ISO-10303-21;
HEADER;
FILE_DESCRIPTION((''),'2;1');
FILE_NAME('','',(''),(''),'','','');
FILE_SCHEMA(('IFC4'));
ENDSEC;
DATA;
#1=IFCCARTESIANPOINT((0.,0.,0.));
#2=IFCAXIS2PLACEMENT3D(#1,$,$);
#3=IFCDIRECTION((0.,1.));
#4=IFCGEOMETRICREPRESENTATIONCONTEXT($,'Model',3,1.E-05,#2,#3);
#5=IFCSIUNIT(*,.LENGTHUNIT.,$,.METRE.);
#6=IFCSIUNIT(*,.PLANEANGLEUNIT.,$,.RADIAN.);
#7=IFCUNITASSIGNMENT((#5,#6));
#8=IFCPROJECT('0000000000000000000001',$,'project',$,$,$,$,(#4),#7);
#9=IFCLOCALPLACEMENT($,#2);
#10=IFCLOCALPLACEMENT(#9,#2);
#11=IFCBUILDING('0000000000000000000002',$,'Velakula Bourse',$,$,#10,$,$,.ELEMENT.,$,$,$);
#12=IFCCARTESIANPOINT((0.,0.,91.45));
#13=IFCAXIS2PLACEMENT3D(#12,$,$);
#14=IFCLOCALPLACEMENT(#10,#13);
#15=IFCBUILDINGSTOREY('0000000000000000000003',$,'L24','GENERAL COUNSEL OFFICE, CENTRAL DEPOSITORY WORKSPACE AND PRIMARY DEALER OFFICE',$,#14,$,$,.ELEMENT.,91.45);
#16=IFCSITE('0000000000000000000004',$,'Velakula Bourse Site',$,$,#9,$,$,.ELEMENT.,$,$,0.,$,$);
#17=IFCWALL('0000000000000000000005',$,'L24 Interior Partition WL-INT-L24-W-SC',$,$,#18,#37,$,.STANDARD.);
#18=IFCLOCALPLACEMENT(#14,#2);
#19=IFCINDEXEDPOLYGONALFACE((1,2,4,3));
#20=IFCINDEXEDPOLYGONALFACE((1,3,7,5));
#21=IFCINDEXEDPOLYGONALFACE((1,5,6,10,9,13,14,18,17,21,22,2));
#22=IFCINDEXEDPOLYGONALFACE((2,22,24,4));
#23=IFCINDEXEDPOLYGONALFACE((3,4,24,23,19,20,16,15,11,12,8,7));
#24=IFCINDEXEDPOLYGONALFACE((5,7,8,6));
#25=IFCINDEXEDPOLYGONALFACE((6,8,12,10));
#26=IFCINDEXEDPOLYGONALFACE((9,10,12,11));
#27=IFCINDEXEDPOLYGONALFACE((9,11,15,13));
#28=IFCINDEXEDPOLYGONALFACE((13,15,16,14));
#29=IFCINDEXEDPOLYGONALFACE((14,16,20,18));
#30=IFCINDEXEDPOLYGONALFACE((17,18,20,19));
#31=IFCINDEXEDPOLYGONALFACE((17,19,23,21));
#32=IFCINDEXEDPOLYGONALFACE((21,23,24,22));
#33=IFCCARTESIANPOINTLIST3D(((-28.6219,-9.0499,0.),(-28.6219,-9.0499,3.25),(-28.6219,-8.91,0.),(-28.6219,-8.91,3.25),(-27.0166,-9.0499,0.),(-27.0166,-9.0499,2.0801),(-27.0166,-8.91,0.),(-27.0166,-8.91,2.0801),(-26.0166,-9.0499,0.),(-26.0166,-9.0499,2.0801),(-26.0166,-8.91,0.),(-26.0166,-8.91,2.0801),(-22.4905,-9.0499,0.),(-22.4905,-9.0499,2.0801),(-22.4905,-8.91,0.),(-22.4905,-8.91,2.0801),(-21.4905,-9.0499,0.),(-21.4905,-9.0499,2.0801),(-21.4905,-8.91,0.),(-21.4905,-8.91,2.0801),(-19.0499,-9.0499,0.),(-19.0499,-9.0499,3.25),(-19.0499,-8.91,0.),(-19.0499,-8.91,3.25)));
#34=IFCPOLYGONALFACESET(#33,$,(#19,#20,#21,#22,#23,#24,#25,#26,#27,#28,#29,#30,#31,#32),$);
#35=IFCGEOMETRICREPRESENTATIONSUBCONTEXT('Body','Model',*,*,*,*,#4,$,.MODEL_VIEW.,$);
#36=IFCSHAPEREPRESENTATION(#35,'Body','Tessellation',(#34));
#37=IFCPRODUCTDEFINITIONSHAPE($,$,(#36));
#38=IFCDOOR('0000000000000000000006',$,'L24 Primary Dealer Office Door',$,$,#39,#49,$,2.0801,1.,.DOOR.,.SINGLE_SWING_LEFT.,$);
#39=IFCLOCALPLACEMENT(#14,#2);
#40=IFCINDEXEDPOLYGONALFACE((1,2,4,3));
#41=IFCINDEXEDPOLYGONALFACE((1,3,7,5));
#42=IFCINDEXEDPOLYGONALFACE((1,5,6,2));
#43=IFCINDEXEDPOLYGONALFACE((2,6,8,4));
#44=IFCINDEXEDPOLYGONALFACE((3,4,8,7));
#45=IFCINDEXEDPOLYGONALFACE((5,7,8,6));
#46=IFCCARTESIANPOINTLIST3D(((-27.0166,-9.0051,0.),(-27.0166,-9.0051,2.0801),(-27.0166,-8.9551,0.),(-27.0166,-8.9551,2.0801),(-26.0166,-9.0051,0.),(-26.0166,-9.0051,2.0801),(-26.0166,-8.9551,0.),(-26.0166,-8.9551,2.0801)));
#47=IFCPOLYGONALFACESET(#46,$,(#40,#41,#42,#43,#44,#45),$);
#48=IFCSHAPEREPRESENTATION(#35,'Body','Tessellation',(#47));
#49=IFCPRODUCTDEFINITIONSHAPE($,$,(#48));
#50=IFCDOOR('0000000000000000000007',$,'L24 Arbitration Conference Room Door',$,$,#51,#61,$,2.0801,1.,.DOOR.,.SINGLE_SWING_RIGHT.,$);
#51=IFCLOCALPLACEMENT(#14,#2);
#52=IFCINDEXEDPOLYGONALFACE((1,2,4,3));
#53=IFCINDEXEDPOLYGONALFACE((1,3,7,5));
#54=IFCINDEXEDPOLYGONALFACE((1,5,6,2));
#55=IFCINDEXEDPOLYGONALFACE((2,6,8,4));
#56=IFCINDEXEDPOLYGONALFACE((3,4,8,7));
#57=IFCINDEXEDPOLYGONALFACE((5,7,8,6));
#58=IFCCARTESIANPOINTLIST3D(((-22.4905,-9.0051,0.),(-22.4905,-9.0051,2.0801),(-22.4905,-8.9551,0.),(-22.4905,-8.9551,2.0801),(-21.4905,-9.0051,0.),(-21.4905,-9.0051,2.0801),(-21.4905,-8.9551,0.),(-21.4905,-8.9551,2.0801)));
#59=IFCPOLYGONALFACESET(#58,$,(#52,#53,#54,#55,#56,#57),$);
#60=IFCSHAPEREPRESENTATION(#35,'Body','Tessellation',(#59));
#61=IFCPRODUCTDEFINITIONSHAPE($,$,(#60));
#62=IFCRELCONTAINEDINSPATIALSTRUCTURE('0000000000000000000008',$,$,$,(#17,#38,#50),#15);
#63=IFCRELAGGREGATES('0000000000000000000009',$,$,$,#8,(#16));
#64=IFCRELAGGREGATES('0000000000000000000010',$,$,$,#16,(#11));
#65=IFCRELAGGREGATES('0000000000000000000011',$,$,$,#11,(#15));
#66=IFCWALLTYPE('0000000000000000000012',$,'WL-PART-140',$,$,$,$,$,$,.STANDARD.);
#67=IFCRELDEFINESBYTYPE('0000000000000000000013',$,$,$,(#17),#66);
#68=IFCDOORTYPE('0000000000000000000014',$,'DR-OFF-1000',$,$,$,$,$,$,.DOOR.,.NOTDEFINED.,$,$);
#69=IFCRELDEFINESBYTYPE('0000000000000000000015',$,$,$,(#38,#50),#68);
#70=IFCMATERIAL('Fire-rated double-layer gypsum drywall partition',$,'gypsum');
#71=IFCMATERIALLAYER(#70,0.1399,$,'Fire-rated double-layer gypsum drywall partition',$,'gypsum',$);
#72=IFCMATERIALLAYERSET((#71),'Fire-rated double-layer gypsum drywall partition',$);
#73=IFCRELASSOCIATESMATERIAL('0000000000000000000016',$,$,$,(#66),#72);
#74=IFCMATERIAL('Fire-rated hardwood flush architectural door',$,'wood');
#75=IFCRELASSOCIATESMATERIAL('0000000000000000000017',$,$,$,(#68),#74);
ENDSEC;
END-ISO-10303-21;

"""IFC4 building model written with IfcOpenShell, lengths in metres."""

from ifc_helpers import new_model, si_unit, direction, frame, frame_2d, origin, place, context, subcontext, project, spatial, rectangle, extrude, material, layer, layer_set, type_object, element, fill, save


model = new_model("IFC4")

# Units and contexts
model_context = context("Model", 3, precision=1e-05, world=origin(), true_north=direction((0.0, 1.0)))
body_context = subcontext(model_context, "Body", "Model", "MODEL_VIEW")
ifc_project = project(units=[si_unit("LENGTHUNIT", "METRE"), si_unit("PLANEANGLEUNIT", "RADIAN")], contexts=[model_context])

# Site, building, storey
site_placement = place(None, origin())
site = spatial("IfcSite", under=ifc_project, at=site_placement, Name="Velakula Bourse Site", CompositionType="ELEMENT", RefElevation=0.0)
building_placement = place(site_placement, origin())
building = spatial("IfcBuilding", under=site, at=building_placement, Name="Velakula Bourse", CompositionType="ELEMENT")
storey_placement = place(building_placement, frame((0.0, 0.0, 91.45)))
storey = spatial("IfcBuildingStorey", under=building, at=storey_placement, Name="L24", Description="GENERAL COUNSEL OFFICE, CENTRAL DEPOSITORY WORKSPACE AND PRIMARY DEALER OFFICE", CompositionType="ELEMENT", Elevation=91.45)

# Shared definitions
ifc_material_1 = material(Name="Fire-rated double-layer gypsum drywall partition", Category="gypsum")

# Wall, openings, doors
ifc_layer_1 = layer(ifc_material_1, 0.1399, Name="Fire-rated double-layer gypsum drywall partition", Category="gypsum")
ifc_layer_set_1 = layer_set([ifc_layer_1], Name="Fire-rated double-layer gypsum drywall partition")
wall_type_1 = type_object("IfcWallType", Name="WL-PART-140", PredefinedType="STANDARD", material=ifc_layer_set_1)
ifc_material_2 = material(Name="Fire-rated hardwood flush architectural door", Category="wood")
door_type_1 = type_object("IfcDoorType", Name="DR-OFF-1000", OperationType="NOTDEFINED", PredefinedType="DOOR", material=ifc_material_2)
wall_1_placement = place(storey_placement, frame((-28.6221, -8.98, 0.0), z_axis=(0.0, 0.0, 1.0), x_axis=(1.0, 0.0, 0.0)))
wall_1 = element("IfcWall", 1, at=wall_1_placement, inside=storey, type_object=wall_type_1, Name="L24 Interior Partition WL-INT-L24-W-SC", PredefinedType="STANDARD", context=body_context, shape_type="SweptSolid", body=[
    extrude(rectangle(XDim=9.572, YDim=0.1399, at=frame_2d((4.7861, 0.0))), origin(), (0.0, 0.0, 1.0), 3.25),
])
opening_1_placement = place(wall_1_placement, frame((1.6055, 0.0, 0.0)))
opening_1 = element("IfcOpeningElement", 2, at=opening_1_placement, cuts=wall_1, PredefinedType="OPENING", context=body_context, shape_type="SweptSolid", body=[
    extrude(rectangle(XDim=1.0, YDim=2.0801, at=frame_2d((0.5, 1.04))), frame((0.0, 0.0798, 0.0), z_axis=(0.0, -1.0, 0.0), x_axis=(1.0, 0.0, 0.0)), (0.0, 0.0, 1.0), 0.1599),
])
opening_2_placement = place(wall_1_placement, frame((6.1316, 0.0, 0.0)))
opening_2 = element("IfcOpeningElement", 3, at=opening_2_placement, cuts=wall_1, PredefinedType="OPENING", context=body_context, shape_type="SweptSolid", body=[
    extrude(rectangle(XDim=1.0, YDim=2.0801, at=frame_2d((0.5, 1.04))), frame((0.0, 0.0798, 0.0), z_axis=(0.0, -1.0, 0.0), x_axis=(1.0, 0.0, 0.0)), (0.0, 0.0, 1.0), 0.1599),
])
door_1_placement = place(opening_1_placement, origin())
door_1 = element("IfcDoor", 4, at=door_1_placement, inside=storey, type_object=door_type_1, Name="L24 Primary Dealer Office Door", OperationType="SINGLE_SWING_LEFT", OverallHeight=2.0801, OverallWidth=1.0, PredefinedType="DOOR", context=body_context, shape_type="SweptSolid", body=[
    extrude(rectangle(XDim=1.0, YDim=2.0801, at=frame_2d((0.5, 1.04))), frame((0.0, 0.0249, 0.0), z_axis=(0.0, -1.0, 0.0), x_axis=(1.0, 0.0, 0.0)), (0.0, 0.0, 1.0), 0.05),
])
fill(opening_1, door_1)
door_2_placement = place(opening_2_placement, origin())
door_2 = element("IfcDoor", 5, at=door_2_placement, inside=storey, type_object=door_type_1, Name="L24 Arbitration Conference Room Door", OperationType="SINGLE_SWING_RIGHT", OverallHeight=2.0801, OverallWidth=1.0, PredefinedType="DOOR", context=body_context, shape_type="SweptSolid", body=[
    extrude(rectangle(XDim=1.0, YDim=2.0801, at=frame_2d((0.5, 1.04))), frame((0.0, 0.0249, 0.0), z_axis=(0.0, -1.0, 0.0), x_axis=(1.0, 0.0, 0.0)), (0.0, 0.0, 1.0), 0.05),
])
fill(opening_2, door_2)

save(model, "model.ifc")
